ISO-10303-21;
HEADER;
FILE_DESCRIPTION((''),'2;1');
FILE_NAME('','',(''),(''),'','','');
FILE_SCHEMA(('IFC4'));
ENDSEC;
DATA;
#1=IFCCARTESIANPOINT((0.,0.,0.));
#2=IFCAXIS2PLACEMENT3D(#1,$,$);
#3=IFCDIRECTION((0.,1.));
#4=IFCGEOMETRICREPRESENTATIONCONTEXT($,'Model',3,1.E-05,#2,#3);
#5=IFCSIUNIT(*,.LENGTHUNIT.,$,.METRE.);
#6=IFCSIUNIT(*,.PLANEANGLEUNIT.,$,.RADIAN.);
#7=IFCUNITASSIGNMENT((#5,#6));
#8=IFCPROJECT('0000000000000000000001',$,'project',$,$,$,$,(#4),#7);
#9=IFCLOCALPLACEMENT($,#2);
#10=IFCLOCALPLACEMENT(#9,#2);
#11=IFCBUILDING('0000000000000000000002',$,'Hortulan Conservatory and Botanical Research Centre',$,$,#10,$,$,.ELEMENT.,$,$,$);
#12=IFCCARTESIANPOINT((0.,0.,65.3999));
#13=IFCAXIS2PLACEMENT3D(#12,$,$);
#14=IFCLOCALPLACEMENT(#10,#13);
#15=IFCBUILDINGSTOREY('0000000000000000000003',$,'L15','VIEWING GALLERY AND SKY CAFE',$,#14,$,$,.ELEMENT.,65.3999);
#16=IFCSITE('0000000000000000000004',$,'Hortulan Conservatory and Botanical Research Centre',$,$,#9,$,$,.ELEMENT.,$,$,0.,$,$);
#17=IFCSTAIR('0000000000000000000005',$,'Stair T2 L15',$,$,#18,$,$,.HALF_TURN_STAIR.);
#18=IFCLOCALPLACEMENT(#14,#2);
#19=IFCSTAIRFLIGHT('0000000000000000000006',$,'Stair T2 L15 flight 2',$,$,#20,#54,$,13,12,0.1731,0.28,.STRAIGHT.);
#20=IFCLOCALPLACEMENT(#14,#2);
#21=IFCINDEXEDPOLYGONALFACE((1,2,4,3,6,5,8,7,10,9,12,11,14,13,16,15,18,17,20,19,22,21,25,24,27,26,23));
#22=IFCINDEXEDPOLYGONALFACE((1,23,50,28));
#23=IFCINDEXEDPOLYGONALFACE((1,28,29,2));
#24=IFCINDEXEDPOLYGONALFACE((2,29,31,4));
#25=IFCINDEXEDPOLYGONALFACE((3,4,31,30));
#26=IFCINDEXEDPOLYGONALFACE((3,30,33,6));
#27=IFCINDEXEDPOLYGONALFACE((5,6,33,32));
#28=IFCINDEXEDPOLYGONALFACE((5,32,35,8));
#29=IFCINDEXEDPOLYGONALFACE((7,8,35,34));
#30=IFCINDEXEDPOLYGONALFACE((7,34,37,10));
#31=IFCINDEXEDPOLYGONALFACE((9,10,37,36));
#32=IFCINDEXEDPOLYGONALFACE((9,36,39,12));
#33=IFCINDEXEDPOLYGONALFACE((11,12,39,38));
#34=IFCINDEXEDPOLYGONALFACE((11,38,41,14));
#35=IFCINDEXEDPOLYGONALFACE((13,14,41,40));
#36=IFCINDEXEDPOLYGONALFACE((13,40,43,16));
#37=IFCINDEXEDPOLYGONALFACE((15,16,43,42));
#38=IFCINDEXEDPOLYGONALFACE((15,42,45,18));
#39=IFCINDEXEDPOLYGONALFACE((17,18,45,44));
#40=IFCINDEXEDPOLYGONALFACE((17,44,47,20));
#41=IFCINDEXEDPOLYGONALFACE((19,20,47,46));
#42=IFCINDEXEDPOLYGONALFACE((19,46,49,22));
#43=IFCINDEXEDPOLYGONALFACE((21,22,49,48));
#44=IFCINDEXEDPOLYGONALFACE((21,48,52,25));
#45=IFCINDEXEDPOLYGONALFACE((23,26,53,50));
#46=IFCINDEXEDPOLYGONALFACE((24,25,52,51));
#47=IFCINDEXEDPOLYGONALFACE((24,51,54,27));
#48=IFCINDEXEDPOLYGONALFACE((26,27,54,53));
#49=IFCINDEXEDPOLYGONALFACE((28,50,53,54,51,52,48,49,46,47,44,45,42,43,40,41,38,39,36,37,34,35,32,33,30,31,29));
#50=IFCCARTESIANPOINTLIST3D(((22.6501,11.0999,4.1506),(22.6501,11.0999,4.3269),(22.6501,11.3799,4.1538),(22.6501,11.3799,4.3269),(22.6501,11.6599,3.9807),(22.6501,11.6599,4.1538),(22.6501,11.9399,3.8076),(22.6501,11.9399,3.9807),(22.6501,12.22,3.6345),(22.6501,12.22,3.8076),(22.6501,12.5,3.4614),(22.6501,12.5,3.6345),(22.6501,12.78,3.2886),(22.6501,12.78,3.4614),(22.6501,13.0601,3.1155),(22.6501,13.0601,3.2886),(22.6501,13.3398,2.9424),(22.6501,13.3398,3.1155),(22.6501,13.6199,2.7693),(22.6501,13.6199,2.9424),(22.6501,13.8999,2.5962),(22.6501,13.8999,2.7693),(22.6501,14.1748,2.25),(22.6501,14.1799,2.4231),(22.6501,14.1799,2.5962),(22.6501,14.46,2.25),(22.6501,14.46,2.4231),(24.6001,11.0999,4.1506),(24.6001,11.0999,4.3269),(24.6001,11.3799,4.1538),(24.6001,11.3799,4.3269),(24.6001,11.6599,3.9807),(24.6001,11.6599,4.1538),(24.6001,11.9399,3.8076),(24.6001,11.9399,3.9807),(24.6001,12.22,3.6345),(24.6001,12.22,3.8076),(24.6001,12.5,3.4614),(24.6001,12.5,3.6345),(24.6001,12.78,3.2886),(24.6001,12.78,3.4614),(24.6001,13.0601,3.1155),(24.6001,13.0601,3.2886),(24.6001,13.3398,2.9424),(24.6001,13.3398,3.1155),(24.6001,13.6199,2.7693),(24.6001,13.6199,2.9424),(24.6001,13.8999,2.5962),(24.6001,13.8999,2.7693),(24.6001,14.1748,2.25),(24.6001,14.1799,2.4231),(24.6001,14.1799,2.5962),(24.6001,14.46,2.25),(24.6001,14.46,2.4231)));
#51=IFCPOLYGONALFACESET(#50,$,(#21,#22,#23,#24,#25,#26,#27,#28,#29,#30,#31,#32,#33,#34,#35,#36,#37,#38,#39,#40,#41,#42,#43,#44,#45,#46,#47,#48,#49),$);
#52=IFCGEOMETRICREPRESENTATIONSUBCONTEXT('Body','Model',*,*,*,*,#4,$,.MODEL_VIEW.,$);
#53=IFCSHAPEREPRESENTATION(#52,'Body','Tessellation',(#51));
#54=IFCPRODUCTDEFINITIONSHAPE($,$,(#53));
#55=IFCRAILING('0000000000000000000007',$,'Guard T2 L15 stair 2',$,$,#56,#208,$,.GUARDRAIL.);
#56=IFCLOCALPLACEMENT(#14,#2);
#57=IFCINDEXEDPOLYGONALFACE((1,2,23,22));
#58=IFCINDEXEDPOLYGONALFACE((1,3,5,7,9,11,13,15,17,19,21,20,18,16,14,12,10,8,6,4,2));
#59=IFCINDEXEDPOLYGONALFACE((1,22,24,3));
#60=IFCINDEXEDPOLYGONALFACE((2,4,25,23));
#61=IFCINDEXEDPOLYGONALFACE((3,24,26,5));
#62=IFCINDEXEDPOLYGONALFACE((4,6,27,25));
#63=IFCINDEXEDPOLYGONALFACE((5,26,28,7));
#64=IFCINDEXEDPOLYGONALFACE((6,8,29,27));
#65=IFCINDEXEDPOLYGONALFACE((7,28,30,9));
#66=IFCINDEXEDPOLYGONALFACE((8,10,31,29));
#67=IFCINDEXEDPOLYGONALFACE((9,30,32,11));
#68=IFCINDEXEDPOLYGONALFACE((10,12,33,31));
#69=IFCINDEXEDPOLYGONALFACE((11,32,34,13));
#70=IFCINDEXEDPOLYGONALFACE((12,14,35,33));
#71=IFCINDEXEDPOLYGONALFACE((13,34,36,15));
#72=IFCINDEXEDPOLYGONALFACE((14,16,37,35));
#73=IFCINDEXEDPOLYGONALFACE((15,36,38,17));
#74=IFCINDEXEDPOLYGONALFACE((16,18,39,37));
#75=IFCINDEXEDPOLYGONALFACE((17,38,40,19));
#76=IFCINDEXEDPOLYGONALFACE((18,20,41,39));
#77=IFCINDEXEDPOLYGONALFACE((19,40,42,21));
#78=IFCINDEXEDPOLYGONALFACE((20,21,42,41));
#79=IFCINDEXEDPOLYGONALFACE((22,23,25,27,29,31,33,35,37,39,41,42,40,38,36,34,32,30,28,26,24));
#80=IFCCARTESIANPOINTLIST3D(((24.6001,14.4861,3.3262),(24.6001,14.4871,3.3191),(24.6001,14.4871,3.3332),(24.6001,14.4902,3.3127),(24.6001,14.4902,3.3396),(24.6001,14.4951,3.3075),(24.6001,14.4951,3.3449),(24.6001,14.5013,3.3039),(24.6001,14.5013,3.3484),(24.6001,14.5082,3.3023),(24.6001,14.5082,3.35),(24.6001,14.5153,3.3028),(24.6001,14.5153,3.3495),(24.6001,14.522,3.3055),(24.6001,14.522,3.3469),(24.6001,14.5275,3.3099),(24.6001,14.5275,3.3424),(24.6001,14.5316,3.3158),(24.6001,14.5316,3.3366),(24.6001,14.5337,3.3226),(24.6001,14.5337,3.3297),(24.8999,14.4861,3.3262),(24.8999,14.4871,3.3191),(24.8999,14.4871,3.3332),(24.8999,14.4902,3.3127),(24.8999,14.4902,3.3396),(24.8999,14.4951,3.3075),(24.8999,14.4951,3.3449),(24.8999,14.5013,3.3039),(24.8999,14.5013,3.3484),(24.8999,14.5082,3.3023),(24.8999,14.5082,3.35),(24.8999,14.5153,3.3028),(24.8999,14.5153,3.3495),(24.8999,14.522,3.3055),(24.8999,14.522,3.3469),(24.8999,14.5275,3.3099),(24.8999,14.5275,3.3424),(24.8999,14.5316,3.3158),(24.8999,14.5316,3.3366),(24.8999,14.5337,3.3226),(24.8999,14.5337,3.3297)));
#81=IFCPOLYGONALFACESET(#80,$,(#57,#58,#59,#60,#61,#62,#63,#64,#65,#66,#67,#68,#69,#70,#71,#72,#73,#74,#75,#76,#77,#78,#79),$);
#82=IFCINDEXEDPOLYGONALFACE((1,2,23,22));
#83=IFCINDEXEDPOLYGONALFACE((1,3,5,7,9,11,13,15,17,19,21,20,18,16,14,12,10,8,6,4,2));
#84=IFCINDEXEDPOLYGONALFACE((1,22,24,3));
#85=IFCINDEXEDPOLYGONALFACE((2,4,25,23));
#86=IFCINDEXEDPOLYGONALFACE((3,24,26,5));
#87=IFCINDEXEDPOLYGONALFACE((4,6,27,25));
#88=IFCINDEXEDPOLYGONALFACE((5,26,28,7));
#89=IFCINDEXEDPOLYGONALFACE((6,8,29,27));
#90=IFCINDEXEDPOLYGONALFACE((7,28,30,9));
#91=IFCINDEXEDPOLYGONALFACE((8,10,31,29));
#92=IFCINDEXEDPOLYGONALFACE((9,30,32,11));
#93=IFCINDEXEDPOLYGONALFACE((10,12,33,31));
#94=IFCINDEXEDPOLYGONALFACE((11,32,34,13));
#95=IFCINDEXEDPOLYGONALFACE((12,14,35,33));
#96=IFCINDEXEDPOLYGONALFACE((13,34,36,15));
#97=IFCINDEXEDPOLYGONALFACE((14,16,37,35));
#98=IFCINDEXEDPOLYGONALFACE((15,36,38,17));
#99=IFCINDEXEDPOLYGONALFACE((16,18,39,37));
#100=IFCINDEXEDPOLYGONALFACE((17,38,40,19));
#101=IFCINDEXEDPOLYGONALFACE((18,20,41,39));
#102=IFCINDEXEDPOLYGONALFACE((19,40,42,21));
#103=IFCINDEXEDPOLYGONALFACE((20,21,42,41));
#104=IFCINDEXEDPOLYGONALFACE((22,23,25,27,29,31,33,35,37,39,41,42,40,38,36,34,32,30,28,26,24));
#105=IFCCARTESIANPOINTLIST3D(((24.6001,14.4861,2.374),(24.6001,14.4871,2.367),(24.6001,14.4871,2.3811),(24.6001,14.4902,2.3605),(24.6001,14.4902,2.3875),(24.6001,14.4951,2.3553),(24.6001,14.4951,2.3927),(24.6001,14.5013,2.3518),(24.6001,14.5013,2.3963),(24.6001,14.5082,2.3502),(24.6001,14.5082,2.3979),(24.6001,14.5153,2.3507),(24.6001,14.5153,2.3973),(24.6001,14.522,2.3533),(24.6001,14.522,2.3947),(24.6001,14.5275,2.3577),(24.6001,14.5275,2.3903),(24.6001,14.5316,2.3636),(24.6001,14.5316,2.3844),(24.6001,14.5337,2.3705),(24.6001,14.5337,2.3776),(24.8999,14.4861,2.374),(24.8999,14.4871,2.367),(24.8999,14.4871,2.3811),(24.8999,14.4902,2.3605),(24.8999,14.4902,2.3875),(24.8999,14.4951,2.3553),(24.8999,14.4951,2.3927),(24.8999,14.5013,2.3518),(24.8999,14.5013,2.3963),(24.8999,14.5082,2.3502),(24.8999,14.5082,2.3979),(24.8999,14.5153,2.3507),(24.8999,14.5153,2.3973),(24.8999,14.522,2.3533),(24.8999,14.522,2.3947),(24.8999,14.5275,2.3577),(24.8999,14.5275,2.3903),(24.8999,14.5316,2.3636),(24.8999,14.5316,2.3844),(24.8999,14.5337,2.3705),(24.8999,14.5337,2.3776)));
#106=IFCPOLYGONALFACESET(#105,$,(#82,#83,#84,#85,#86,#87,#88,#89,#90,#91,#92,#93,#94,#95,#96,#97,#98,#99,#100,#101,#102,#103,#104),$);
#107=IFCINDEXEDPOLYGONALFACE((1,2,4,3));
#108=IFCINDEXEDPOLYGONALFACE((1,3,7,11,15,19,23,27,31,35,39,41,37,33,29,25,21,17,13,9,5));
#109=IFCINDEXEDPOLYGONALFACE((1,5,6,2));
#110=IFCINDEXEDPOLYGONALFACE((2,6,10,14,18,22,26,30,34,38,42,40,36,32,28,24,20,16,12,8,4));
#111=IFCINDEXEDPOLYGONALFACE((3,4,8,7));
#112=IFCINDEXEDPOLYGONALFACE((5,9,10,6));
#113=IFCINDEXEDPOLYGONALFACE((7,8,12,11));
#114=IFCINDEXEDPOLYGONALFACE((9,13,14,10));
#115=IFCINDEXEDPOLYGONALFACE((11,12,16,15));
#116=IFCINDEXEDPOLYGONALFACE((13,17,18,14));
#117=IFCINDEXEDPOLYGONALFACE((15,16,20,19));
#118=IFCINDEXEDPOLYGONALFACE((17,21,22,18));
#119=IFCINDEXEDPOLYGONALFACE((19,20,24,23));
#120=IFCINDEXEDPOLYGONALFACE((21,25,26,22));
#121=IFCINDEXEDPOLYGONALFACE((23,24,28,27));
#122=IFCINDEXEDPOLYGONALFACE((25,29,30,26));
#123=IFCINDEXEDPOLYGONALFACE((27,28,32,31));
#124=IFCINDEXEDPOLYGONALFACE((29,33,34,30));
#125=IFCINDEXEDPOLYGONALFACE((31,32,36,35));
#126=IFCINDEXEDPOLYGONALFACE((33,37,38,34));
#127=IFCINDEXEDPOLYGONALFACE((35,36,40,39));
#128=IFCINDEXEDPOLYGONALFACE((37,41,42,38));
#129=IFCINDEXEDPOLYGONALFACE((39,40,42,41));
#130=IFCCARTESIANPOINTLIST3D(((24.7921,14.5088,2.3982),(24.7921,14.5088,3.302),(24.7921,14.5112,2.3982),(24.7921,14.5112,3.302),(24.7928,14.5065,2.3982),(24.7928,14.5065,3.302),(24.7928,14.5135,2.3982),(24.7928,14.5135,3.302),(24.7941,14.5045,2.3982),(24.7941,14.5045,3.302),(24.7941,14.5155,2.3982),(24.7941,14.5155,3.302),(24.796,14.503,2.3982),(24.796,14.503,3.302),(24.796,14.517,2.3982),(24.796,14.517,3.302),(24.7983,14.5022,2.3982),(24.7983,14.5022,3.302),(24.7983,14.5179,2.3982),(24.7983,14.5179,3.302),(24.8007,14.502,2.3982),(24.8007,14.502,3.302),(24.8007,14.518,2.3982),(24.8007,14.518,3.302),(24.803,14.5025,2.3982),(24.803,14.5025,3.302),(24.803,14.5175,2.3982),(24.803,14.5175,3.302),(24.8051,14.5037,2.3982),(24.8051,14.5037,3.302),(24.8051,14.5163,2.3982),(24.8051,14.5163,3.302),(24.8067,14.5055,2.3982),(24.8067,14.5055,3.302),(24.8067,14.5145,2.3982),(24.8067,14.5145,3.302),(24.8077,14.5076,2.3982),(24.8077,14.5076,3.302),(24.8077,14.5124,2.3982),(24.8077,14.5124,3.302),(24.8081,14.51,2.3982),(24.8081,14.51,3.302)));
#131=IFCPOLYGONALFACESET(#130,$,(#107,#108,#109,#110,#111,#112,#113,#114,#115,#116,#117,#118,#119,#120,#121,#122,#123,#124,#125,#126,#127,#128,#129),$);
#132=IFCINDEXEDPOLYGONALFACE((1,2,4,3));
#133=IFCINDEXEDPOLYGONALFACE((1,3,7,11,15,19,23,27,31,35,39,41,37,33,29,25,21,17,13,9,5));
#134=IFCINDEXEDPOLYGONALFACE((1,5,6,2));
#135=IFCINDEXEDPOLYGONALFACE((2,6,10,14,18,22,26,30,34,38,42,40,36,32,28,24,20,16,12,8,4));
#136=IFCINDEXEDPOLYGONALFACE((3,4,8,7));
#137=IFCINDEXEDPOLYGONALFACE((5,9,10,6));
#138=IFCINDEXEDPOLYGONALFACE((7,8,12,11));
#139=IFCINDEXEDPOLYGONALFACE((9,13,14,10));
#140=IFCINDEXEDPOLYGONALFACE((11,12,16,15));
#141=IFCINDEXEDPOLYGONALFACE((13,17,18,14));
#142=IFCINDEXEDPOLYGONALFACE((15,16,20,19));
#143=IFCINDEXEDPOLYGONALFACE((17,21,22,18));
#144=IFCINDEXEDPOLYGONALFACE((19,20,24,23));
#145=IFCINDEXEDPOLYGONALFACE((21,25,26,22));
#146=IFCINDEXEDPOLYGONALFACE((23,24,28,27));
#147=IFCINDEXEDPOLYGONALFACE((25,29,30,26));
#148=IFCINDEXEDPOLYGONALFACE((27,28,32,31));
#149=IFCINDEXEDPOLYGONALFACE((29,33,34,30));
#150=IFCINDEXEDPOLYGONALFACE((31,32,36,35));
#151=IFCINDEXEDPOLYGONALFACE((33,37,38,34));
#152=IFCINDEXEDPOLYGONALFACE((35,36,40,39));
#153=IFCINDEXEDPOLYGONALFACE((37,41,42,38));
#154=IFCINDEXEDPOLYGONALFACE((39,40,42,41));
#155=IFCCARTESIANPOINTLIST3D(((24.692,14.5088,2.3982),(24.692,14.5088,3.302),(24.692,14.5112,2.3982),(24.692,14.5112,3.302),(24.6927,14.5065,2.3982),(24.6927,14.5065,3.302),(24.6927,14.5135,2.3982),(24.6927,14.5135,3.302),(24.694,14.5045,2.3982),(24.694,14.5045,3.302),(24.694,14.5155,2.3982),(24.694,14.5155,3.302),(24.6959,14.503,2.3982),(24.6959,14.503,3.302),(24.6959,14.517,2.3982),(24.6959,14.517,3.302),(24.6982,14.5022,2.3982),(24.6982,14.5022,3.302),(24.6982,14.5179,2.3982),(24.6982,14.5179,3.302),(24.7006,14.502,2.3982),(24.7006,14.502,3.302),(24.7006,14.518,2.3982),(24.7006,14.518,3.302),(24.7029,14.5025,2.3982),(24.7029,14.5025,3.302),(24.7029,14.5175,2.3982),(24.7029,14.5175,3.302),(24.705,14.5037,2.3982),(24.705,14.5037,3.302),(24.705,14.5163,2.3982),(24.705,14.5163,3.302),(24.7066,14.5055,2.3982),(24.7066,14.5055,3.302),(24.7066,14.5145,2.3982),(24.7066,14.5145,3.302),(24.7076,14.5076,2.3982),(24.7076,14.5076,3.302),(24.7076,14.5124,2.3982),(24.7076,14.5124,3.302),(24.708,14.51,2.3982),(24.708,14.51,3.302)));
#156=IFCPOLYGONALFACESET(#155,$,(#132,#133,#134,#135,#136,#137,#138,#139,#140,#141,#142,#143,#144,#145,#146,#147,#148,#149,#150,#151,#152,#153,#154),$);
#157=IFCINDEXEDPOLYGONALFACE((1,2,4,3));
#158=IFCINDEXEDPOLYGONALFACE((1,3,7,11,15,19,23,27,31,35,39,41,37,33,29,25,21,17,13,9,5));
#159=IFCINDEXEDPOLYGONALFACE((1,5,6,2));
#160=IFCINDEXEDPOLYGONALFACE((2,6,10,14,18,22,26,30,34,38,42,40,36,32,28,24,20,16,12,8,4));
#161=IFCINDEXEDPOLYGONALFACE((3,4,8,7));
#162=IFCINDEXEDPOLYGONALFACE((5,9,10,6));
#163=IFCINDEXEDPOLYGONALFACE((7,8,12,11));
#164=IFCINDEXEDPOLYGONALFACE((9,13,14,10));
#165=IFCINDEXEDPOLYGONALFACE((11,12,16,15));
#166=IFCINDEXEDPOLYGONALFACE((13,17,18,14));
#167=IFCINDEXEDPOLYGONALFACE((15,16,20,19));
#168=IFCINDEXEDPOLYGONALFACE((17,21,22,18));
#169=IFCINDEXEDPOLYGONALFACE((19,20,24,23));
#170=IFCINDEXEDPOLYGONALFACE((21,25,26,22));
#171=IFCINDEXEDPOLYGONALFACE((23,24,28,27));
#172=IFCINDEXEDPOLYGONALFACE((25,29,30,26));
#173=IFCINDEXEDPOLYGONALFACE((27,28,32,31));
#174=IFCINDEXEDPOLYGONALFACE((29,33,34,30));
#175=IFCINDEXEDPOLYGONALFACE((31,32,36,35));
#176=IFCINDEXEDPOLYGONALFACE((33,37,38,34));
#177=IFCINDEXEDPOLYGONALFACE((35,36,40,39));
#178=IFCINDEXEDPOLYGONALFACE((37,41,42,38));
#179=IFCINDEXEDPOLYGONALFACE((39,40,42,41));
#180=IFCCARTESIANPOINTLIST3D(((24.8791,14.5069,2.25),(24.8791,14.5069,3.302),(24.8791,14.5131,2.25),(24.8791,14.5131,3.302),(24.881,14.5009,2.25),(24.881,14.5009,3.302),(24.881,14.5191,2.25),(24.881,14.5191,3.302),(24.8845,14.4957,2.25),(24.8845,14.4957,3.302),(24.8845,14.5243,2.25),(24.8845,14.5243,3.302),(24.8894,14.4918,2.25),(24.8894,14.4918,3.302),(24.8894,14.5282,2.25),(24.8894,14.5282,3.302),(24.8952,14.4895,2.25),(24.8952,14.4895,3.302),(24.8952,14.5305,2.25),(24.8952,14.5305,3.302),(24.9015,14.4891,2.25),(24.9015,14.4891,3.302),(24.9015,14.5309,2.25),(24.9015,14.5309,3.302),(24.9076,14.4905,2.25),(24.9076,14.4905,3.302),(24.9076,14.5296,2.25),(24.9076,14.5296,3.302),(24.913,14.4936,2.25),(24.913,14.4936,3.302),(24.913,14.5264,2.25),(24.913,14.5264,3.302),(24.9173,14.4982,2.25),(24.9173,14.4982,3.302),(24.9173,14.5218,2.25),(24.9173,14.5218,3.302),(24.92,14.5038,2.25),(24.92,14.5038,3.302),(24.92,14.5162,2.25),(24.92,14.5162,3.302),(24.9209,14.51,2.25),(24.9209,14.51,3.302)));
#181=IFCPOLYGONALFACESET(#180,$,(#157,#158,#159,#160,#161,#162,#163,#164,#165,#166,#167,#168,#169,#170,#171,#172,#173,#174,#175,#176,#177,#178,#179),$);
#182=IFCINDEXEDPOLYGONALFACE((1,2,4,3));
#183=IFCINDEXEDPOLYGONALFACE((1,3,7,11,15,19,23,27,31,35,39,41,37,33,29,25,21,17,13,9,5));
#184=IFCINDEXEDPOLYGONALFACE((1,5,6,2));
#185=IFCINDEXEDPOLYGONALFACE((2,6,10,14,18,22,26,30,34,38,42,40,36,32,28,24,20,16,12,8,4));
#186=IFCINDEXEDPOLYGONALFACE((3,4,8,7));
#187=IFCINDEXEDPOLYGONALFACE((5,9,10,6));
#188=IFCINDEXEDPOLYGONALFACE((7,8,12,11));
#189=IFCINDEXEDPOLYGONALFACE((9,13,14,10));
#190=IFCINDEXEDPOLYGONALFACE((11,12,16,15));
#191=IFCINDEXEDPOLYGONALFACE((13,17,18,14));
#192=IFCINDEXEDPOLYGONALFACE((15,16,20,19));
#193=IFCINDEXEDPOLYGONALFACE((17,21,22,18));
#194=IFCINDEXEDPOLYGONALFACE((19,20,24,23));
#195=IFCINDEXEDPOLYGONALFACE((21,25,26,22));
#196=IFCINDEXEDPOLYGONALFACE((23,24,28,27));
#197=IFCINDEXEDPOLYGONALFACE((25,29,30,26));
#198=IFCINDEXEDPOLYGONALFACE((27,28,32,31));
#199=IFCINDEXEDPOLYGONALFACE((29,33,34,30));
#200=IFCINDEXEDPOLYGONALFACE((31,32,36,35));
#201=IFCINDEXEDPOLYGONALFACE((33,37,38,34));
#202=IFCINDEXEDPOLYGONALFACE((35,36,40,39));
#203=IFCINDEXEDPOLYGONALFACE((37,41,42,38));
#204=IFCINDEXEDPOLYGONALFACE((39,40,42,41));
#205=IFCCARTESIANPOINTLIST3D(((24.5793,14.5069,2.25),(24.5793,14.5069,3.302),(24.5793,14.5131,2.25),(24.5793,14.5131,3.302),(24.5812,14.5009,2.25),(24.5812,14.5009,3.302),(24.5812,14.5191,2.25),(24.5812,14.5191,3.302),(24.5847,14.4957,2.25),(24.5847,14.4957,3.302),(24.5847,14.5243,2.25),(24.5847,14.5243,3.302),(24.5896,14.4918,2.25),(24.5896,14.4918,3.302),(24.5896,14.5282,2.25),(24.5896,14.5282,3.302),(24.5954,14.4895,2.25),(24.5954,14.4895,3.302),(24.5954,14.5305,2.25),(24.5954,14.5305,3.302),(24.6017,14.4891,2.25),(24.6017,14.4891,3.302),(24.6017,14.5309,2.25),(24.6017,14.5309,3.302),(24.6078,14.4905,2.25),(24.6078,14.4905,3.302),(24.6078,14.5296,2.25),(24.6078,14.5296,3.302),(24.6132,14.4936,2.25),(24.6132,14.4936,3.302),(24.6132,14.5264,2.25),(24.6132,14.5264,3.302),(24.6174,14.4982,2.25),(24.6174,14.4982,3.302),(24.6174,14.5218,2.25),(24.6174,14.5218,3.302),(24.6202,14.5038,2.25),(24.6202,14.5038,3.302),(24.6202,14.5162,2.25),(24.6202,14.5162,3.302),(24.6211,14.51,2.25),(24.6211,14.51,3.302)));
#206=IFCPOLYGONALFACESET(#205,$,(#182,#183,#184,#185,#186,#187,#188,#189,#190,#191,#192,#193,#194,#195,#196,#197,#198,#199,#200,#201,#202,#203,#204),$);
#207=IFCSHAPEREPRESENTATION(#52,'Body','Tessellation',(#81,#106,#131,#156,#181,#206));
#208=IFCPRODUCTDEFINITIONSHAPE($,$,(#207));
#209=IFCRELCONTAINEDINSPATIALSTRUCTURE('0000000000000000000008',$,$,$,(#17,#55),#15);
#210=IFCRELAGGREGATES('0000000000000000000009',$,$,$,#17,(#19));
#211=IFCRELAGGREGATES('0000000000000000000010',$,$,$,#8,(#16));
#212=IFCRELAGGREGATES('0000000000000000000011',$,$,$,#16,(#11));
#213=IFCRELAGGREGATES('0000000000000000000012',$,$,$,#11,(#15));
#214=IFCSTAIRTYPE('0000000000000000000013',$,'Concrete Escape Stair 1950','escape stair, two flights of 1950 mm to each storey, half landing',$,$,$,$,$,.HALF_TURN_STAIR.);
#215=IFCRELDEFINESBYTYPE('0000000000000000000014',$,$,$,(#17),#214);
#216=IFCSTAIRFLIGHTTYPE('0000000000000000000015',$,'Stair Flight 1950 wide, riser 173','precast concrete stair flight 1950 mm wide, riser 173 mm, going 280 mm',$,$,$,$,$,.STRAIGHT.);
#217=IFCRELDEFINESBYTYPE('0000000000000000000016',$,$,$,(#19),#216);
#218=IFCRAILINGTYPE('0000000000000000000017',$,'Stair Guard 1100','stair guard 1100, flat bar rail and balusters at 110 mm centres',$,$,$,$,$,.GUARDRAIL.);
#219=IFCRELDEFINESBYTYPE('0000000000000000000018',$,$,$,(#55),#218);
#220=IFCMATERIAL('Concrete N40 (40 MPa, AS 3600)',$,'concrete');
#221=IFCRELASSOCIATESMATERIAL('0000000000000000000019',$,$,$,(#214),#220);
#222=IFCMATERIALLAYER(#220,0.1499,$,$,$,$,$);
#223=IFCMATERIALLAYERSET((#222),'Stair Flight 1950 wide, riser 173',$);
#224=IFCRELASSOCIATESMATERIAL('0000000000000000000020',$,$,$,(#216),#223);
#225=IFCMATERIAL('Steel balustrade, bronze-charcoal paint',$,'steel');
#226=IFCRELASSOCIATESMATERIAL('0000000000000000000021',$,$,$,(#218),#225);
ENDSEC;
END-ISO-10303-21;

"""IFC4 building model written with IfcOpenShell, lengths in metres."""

from ifc_helpers import new_model, si_unit, direction, frame, origin, origin_2d, place, context, subcontext, project, spatial, polyline, circle, outline, extrude, material, layer, layer_set, type_object, element, aggregate, save


model = new_model("IFC4")

# Units and contexts
model_context = context("Model", 3, precision=1e-05, world=origin(), true_north=direction((0.0, 1.0)))
body_context = subcontext(model_context, "Body", "Model", "MODEL_VIEW")
ifc_project = project(units=[si_unit("LENGTHUNIT", "METRE"), si_unit("PLANEANGLEUNIT", "RADIAN")], contexts=[model_context])

# Site, building, storey
site_placement = place(None, origin())
site = spatial("IfcSite", under=ifc_project, at=site_placement, Name="Hortulan Conservatory and Botanical Research Centre", CompositionType="ELEMENT", RefElevation=0.0)
building_placement = place(site_placement, origin())
building = spatial("IfcBuilding", under=site, at=building_placement, Name="Hortulan Conservatory and Botanical Research Centre", CompositionType="ELEMENT")
storey_placement = place(building_placement, frame((0.0, 0.0, 65.3999)))
storey = spatial("IfcBuildingStorey", under=building, at=storey_placement, Name="L15", Description="VIEWING GALLERY AND SKY CAFE", CompositionType="ELEMENT", Elevation=65.3999)

# Shared definitions
ifc_material_1 = material(Name="Concrete N40 (40 MPa, AS 3600)", Category="concrete")

# Stair, stair flight
stair_type = type_object("IfcStairType", Name="Concrete Escape Stair 1950", Description="escape stair, two flights of 1950 mm to each storey, half landing", PredefinedType="HALF_TURN_STAIR", material=ifc_material_1)
stair_placement = place(storey_placement, origin())
stair = element("IfcStair", 1, at=stair_placement, inside=storey, type_object=stair_type, Name="Stair T2 L15", PredefinedType="HALF_TURN_STAIR")
ifc_layer_1 = layer(ifc_material_1, 0.1499)
ifc_layer_set_1 = layer_set([ifc_layer_1], Name="Stair Flight 1950 wide, riser 173")
stair_flight_type = type_object("IfcStairFlightType", Name="Stair Flight 1950 wide, riser 173", Description="precast concrete stair flight 1950 mm wide, riser 173 mm, going 280 mm", PredefinedType="STRAIGHT", material=ifc_layer_set_1)
stair_flight_placement = place(storey_placement, frame((23.625, 14.46, 2.25), z_axis=(0.0, 0.0, 1.0), x_axis=(0.0, -1.0, 0.0)))
stair_flight = element("IfcStairFlight", 2, at=stair_flight_placement, type_object=stair_flight_type, Name="Stair T2 L15 flight 2", NumberOfRisers=13, NumberOfTreads=12, PredefinedType="STRAIGHT", RiserHeight=0.1731, TreadLength=0.28, context=body_context, shape_type="SweptSolid", body=[
    extrude(outline(polyline([(0.0, 0.0), (0.0, 0.1731), (0.28, 0.1731), (0.28, 0.3462), (0.5601, 0.3462), (0.5601, 0.5193), (0.8401, 0.5193), (0.8401, 0.6924), (1.1201, 0.6924), (1.1201, 0.8655), (1.3999, 0.8655), (1.3999, 1.0386), (1.6799, 1.0386), (1.6799, 1.2114), (1.96, 1.2114), (1.96, 1.3845), (2.24, 1.3845), (2.24, 1.5576), (2.52, 1.5576), (2.52, 1.7307), (2.8, 1.7307), (2.8, 1.9038), (3.0801, 1.9038), (3.0801, 2.0769), (3.3601, 2.0769), (3.3601, 2.25), (3.3601, 1.9006), (0.2852, 0.0), (0.0, 0.0)])), frame((0.0, 0.9751, 0.0), z_axis=(0.0, -1.0, 0.0), x_axis=(1.0, 0.0, 0.0)), (0.0, 0.0, 1.0), 1.95),
])
aggregate(stair, [stair_flight])

# Railing
ifc_material_2 = material(Name="Steel balustrade, bronze-charcoal paint", Category="steel")
railing_type_1 = type_object("IfcRailingType", Name="Stair Guard 1100", Description="stair guard 1100, flat bar rail and balusters at 110 mm centres", PredefinedType="GUARDRAIL", material=ifc_material_2)
railing_1_placement = place(storey_placement, frame((24.8999, 14.51, 2.25)))
element("IfcRailing", 3, at=railing_1_placement, inside=storey, type_object=railing_type_1, Name="Guard T2 L15 stair 2", PredefinedType="GUARDRAIL", context=body_context, shape_type="SweptSolid", body=[
    extrude(circle(Radius=0.0239, at=origin_2d()), frame((0.0, 0.0, 1.0762), z_axis=(-1.0, 0.0, 0.0), x_axis=(0.0, -1.0, 0.0)), (0.0, 0.0, 1.0), 0.2998),
    extrude(circle(Radius=0.0239, at=origin_2d()), frame((0.0, 0.0, 0.124), z_axis=(-1.0, 0.0, 0.0), x_axis=(0.0, -1.0, 0.0)), (0.0, 0.0, 1.0), 0.2998),
    extrude(circle(Radius=0.0081, at=origin_2d()), frame((-0.0999, 0.0, 0.1482)), (0.0, 0.0, 1.0), 0.9038),
    extrude(circle(Radius=0.0081, at=origin_2d()), frame((-0.2, 0.0, 0.1482)), (0.0, 0.0, 1.0), 0.9038),
    extrude(circle(Radius=0.021, at=origin_2d()), origin(), (0.0, 0.0, 1.0), 1.052),
    extrude(circle(Radius=0.021, at=origin_2d()), frame((-0.2998, 0.0, 0.0)), (0.0, 0.0, 1.0), 1.052),
])

save(model, "model.ifc")
